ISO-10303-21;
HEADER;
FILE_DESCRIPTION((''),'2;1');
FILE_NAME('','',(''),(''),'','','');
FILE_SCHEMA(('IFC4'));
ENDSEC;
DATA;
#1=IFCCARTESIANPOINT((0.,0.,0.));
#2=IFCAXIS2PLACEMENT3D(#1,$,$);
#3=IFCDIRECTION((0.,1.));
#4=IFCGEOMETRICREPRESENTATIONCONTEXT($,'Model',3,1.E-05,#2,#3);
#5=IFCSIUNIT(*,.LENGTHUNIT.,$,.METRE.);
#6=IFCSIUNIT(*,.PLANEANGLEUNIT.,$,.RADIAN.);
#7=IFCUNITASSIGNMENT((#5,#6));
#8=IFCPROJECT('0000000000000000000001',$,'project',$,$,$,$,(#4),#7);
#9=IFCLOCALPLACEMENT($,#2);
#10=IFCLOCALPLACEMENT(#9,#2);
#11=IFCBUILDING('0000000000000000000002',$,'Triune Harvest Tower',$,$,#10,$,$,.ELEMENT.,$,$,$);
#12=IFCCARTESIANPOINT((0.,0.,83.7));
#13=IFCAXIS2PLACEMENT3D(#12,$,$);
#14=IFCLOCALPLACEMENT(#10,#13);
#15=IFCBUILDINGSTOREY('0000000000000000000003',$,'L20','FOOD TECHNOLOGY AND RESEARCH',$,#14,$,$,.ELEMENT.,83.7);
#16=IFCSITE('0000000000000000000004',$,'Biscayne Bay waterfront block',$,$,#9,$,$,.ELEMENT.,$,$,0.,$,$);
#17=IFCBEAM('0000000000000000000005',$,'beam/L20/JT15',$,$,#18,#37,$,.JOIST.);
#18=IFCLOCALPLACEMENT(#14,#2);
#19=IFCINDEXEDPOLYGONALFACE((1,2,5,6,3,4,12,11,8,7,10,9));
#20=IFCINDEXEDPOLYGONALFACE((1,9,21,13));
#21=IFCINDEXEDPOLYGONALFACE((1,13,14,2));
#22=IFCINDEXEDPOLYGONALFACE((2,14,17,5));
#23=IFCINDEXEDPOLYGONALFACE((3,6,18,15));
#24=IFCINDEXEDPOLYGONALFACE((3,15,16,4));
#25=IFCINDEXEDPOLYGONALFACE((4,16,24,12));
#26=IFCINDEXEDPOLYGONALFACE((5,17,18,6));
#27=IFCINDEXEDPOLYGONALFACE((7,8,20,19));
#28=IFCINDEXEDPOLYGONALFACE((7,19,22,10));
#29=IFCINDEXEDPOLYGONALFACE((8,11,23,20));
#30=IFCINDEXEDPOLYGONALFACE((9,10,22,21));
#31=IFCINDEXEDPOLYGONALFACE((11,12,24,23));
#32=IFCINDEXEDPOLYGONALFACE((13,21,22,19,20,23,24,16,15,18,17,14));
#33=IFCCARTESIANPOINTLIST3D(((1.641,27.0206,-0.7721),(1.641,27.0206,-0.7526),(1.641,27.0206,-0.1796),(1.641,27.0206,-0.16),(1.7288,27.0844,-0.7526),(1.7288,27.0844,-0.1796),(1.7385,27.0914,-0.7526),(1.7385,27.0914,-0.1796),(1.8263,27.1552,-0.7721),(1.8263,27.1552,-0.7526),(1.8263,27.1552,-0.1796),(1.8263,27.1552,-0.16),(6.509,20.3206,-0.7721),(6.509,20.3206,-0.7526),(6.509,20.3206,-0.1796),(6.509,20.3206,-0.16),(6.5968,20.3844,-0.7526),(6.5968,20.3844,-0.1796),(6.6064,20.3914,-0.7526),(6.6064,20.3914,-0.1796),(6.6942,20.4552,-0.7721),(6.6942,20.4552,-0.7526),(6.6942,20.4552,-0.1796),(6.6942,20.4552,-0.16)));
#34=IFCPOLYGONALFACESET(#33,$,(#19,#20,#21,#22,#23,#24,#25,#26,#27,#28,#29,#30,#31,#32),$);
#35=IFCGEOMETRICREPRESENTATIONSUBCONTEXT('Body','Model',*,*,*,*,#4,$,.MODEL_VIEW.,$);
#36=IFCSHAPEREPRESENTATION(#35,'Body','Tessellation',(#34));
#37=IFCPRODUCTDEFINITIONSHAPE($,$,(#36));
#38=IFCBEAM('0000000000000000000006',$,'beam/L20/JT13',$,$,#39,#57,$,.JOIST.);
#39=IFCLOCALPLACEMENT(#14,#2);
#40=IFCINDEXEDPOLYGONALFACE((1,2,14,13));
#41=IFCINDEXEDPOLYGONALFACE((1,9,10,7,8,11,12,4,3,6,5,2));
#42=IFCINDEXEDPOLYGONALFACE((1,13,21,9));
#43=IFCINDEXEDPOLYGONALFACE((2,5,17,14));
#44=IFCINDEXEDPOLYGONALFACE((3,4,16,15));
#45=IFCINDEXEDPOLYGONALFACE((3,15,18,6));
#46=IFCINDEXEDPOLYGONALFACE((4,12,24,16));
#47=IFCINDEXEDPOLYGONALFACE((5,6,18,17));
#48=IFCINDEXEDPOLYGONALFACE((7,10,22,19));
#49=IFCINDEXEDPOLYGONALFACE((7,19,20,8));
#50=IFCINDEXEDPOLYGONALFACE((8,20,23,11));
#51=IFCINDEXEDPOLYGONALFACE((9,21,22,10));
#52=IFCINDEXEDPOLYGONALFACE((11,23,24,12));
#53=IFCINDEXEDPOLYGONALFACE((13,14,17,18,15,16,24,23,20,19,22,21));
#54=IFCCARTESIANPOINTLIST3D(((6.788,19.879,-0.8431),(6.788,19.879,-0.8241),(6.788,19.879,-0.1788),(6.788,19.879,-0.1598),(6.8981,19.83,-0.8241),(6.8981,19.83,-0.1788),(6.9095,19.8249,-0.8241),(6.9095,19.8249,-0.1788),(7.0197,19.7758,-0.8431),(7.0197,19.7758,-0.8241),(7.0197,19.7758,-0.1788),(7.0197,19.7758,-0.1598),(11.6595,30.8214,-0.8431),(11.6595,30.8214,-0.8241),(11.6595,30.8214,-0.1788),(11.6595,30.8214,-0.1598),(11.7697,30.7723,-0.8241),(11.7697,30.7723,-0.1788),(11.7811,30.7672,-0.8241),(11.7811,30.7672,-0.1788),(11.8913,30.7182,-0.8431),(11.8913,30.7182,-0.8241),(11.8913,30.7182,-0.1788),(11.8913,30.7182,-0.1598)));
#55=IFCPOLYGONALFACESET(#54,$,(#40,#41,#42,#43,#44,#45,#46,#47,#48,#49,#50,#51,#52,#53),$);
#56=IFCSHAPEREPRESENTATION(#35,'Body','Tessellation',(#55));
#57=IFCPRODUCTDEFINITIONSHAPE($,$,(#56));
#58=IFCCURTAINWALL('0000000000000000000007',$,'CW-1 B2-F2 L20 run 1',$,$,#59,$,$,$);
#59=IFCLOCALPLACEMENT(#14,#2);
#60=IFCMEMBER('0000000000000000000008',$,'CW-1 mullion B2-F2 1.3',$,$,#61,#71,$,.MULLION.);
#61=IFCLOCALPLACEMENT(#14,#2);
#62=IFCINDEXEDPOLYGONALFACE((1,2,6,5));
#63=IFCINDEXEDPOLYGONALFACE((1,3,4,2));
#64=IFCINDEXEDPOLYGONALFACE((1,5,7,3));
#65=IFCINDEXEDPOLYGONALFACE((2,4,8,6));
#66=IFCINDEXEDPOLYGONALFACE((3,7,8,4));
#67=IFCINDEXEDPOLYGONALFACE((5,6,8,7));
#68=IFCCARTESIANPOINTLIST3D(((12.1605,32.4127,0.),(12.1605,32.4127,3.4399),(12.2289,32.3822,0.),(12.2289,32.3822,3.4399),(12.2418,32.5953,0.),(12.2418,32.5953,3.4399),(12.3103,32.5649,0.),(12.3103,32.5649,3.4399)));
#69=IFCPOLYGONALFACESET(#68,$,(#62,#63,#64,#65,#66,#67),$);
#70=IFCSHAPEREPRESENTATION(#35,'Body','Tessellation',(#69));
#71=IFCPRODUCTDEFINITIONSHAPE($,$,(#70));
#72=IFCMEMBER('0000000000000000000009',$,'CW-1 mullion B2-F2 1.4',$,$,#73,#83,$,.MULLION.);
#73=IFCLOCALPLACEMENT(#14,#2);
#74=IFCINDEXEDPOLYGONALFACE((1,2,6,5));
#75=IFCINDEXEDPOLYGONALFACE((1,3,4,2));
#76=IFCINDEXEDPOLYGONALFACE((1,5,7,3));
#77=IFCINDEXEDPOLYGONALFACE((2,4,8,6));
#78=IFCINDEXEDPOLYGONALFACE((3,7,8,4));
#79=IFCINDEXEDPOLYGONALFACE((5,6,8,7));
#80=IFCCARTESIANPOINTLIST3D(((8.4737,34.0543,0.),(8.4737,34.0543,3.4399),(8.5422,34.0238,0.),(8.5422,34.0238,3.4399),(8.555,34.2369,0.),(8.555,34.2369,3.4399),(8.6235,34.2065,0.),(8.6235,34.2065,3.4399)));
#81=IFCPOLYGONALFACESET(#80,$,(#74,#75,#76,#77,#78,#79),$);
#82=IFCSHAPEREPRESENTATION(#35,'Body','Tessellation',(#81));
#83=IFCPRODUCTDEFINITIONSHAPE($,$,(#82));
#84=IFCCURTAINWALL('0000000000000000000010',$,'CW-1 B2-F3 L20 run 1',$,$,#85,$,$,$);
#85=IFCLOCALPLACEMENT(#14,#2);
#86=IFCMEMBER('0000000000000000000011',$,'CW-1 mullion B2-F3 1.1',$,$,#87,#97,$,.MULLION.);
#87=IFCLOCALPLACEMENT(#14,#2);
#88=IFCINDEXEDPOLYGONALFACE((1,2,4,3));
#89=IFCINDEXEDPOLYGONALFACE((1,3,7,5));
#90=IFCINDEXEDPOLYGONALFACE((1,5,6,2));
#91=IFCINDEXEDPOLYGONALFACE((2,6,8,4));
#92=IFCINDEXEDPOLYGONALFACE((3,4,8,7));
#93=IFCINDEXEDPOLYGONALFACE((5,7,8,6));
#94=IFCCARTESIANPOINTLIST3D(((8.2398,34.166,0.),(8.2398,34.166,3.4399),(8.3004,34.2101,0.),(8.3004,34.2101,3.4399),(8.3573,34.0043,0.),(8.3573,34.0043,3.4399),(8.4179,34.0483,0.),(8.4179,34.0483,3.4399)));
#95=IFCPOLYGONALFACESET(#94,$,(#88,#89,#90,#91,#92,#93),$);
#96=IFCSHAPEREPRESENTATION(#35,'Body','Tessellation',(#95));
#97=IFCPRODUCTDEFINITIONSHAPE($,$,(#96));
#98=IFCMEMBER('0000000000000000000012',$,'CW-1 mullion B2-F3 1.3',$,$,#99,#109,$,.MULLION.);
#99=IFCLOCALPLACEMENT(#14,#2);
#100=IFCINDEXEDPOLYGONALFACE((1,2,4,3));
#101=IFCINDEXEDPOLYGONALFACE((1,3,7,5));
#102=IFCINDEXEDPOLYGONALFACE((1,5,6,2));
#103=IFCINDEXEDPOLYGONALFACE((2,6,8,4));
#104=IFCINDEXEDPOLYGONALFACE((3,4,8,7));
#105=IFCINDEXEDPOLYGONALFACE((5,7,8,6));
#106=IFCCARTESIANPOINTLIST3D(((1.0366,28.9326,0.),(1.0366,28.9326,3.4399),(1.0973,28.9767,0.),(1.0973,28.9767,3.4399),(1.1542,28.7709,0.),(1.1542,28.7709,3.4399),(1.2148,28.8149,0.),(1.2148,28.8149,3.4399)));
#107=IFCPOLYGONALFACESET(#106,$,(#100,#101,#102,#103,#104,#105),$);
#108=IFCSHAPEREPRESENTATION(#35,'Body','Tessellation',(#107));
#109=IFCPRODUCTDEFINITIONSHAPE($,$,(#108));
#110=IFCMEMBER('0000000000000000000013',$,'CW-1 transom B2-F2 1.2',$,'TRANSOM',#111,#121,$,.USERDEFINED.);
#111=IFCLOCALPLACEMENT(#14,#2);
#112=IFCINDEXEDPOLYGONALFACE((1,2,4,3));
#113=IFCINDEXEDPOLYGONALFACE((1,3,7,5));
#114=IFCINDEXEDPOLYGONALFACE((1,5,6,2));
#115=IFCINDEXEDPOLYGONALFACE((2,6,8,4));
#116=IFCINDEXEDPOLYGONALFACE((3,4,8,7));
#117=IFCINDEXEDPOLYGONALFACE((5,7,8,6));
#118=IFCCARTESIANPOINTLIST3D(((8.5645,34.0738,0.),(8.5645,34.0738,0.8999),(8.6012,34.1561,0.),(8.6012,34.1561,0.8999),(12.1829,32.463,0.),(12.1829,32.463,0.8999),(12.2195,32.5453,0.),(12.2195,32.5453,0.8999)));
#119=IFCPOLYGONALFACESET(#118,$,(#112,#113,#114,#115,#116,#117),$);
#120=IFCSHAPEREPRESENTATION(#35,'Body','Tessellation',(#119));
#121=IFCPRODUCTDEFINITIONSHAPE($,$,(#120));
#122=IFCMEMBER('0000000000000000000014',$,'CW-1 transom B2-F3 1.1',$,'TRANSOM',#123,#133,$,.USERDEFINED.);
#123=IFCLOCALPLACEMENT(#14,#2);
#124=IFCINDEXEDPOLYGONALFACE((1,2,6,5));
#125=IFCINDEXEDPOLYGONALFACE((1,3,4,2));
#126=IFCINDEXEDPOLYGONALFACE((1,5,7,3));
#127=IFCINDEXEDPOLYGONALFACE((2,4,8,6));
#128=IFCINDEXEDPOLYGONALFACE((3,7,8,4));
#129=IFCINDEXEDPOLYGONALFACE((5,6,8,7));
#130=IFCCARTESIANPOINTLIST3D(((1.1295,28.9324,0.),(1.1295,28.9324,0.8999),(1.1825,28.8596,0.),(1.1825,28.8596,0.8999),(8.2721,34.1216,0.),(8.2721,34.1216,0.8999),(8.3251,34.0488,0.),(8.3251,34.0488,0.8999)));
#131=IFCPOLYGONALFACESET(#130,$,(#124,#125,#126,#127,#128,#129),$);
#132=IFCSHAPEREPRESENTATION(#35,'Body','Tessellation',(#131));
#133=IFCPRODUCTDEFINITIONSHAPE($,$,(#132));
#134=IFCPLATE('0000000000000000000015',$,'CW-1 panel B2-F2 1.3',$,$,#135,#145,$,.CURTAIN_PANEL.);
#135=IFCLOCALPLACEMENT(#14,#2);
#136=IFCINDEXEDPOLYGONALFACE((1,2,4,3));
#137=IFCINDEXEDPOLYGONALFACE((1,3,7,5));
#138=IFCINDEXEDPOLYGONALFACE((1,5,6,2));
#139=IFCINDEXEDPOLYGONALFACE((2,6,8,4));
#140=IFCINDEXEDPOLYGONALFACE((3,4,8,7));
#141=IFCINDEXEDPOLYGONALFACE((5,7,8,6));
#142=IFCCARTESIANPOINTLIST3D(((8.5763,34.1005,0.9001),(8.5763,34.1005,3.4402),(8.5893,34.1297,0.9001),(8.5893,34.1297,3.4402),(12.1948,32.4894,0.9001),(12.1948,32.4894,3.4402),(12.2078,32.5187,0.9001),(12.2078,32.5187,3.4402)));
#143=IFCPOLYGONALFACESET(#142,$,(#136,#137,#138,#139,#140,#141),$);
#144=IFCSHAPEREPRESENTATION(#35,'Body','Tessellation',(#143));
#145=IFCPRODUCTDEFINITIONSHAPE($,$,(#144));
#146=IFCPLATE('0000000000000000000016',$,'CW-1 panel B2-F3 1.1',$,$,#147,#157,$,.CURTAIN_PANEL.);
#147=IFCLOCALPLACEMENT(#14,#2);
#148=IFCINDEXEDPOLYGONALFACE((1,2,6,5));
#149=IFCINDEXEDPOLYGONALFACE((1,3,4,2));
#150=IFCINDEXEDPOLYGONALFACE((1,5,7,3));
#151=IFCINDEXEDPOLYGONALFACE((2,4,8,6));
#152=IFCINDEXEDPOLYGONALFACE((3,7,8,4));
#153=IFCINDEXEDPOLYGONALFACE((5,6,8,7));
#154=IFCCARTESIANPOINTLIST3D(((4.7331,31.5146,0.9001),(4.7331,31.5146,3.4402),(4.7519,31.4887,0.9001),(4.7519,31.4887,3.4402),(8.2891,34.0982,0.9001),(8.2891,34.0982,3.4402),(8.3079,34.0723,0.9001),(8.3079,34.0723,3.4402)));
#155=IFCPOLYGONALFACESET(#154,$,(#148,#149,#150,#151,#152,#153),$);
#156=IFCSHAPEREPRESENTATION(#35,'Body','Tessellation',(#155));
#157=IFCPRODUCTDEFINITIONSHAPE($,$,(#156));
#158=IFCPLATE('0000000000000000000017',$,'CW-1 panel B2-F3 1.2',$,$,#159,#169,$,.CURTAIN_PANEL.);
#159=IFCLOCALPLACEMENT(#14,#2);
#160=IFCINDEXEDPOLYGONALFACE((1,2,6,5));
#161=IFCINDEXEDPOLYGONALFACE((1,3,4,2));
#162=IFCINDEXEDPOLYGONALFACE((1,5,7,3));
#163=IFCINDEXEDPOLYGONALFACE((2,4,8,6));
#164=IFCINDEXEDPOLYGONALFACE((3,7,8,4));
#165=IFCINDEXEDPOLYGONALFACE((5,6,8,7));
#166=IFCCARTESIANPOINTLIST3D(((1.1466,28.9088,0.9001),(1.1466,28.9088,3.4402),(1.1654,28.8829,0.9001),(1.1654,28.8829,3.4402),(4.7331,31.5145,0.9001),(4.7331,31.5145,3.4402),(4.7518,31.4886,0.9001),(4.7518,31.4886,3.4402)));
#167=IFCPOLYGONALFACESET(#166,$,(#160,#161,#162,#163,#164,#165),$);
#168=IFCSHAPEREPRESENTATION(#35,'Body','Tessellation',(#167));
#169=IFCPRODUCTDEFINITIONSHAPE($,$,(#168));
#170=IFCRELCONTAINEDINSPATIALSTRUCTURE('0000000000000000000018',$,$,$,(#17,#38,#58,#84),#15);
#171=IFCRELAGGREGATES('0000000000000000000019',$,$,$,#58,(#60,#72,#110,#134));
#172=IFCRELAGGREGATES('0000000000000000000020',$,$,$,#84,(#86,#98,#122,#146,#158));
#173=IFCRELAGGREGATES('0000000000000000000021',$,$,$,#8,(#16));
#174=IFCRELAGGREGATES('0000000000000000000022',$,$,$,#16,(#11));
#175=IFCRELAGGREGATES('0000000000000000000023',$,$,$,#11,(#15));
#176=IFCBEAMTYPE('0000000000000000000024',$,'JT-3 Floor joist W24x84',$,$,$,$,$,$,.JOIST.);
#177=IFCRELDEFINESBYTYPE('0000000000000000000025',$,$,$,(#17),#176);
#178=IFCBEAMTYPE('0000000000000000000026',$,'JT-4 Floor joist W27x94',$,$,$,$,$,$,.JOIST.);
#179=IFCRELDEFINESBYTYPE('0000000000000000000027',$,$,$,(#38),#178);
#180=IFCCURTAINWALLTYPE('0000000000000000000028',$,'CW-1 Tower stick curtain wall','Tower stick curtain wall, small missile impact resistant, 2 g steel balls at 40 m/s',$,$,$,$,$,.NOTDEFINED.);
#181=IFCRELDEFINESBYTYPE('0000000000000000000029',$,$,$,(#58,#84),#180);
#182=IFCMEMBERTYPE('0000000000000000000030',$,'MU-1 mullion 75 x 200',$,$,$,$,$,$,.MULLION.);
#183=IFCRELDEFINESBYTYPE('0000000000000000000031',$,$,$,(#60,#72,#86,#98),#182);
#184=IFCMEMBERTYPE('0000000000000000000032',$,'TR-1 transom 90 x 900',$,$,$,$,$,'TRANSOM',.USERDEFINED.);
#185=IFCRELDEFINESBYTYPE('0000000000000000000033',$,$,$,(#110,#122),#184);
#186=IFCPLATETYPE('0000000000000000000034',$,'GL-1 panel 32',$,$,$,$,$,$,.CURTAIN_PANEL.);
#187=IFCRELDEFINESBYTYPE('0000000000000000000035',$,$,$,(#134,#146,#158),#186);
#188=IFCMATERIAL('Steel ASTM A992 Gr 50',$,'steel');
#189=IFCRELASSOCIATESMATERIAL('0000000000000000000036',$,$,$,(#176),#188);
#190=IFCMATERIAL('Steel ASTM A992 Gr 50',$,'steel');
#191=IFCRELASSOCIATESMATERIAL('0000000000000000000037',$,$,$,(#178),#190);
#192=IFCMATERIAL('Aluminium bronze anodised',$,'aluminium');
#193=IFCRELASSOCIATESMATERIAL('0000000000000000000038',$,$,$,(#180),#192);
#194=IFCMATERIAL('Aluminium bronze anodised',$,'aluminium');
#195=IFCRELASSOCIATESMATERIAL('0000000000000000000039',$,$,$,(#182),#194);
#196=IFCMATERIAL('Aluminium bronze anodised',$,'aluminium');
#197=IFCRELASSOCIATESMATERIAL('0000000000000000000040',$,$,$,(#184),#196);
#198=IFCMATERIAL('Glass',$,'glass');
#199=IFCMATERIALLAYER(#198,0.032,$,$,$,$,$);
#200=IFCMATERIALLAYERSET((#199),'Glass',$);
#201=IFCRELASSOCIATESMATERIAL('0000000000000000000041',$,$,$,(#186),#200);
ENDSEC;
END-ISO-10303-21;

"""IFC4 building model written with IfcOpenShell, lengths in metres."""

from ifc_helpers import new_model, si_unit, direction, frame, origin, origin_2d, place, context, subcontext, project, spatial, rectangle, i_section, extrude, source, transform, mapped, material, layer, layer_set, material_profile, profile_set, type_object, element, aggregate, save


model = new_model("IFC4")

# Units and contexts
model_context = context("Model", 3, precision=1e-05, world=origin(), true_north=direction((0.0, 1.0)))
body_context = subcontext(model_context, "Body", "Model", "MODEL_VIEW")
ifc_project = project(units=[si_unit("LENGTHUNIT", "METRE"), si_unit("PLANEANGLEUNIT", "RADIAN")], contexts=[model_context])

# Site, building, storey
site_placement = place(None, origin())
site = spatial("IfcSite", under=ifc_project, at=site_placement, Name="Biscayne Bay waterfront block", CompositionType="ELEMENT", RefElevation=0.0)
building_placement = place(site_placement, origin())
building = spatial("IfcBuilding", under=site, at=building_placement, Name="Triune Harvest Tower", CompositionType="ELEMENT")
storey_placement = place(building_placement, frame((0.0, 0.0, 83.7)))
storey = spatial("IfcBuildingStorey", under=building, at=storey_placement, Name="L20", Description="FOOD TECHNOLOGY AND RESEARCH", CompositionType="ELEMENT", Elevation=83.7)

# Beams
ifc_material_1 = material(Name="Steel ASTM A992 Gr 50", Category="steel")
ifc_material_profile_1 = material_profile(ifc_material_1, i_section(OverallWidth=0.229, OverallDepth=0.6121, WebThickness=0.012, FlangeThickness=0.0195, at=origin_2d()), Name="W24x84")
ifc_profile_set_1 = profile_set([ifc_material_profile_1], Name="Steel ASTM A992 Gr 50")
beam_type_1 = type_object("IfcBeamType", Name="JT-3 Floor joist W24x84", PredefinedType="JOIST", material=ifc_profile_set_1)
shared_shape_1 = source(origin(), body_context, "Body", "SweptSolid", [
    extrude(i_section(OverallWidth=0.229, OverallDepth=0.6121, WebThickness=0.012, FlangeThickness=0.0195, at=origin_2d()), origin(), (0.0, 0.0, 1.0), 8.2817),
])
beam_1_placement = place(storey_placement, frame((1.7336, 27.0879, -0.4661), z_axis=(0.587795, -0.80901, 0.0), x_axis=(0.80901, 0.587795, 0.0)))
element("IfcBeam", 1, at=beam_1_placement, inside=storey, type_object=beam_type_1, Name="beam/L20/JT15", PredefinedType="JOIST", context=body_context, shape_type="MappedRepresentation", body=[
    mapped(shared_shape_1, transform((0.0, 0.0, 0.0), scale=1.0)),
])
ifc_material_2 = material(Name="Steel ASTM A992 Gr 50", Category="steel")
ifc_material_profile_2 = material_profile(ifc_material_2, i_section(OverallWidth=0.2537, OverallDepth=0.6833, WebThickness=0.0125, FlangeThickness=0.019, at=origin_2d()), Name="W27x94")
ifc_profile_set_2 = profile_set([ifc_material_profile_2], Name="Steel ASTM A992 Gr 50")
beam_type_2 = type_object("IfcBeamType", Name="JT-4 Floor joist W27x94", PredefinedType="JOIST", material=ifc_profile_set_2)
shared_shape_2 = source(origin(), body_context, "Body", "SweptSolid", [
    extrude(i_section(OverallWidth=0.2537, OverallDepth=0.6833, WebThickness=0.0125, FlangeThickness=0.019, at=origin_2d()), origin(), (0.0, 0.0, 1.0), 11.9778),
])
beam_2_placement = place(storey_placement, frame((11.7754, 30.7698, -0.5015), z_axis=(-0.406717, -0.913554, 0.0), x_axis=(0.913554, -0.406717, 0.0)))
element("IfcBeam", 2, at=beam_2_placement, inside=storey, type_object=beam_type_2, Name="beam/L20/JT13", PredefinedType="JOIST", context=body_context, shape_type="MappedRepresentation", body=[
    mapped(shared_shape_2, transform((0.0, 0.0, 0.0), scale=1.0)),
])

# Curtain walls, members
ifc_material_3 = material(Name="Aluminium bronze anodised", Category="aluminium")
curtain_wall_type = type_object("IfcCurtainWallType", Name="CW-1 Tower stick curtain wall", Description="Tower stick curtain wall, small missile impact resistant, 2 g steel balls at 40 m/s", PredefinedType="NOTDEFINED", material=ifc_material_3)
curtain_wall_1_placement = place(storey_placement, origin())
curtain_wall_1 = element("IfcCurtainWall", 3, at=curtain_wall_1_placement, inside=storey, type_object=curtain_wall_type, Name="CW-1 B2-F2 L20 run 1")
ifc_material_4 = material(Name="Aluminium bronze anodised", Category="aluminium")
ifc_material_profile_3 = material_profile(ifc_material_4, rectangle(XDim=0.2, YDim=0.075, at=origin_2d()), Name="MU-1 mullion 75 x 200")
ifc_profile_set_3 = profile_set([ifc_material_profile_3], Name="Aluminium bronze anodised")
member_type_1 = type_object("IfcMemberType", Name="MU-1 mullion 75 x 200", PredefinedType="MULLION", material=ifc_profile_set_3)
shared_shape_3 = source(origin(), body_context, "Body", "SweptSolid", [
    extrude(rectangle(XDim=0.2, YDim=0.075, at=origin_2d()), origin(), (0.0, 0.0, 1.0), 3.4399),
])
member_1_placement = place(storey_placement, frame((12.2354, 32.4888, 0.0), z_axis=(0.0, 0.0, 1.0), x_axis=(-0.406734, -0.913547, 0.0)))
member_1 = element("IfcMember", 4, at=member_1_placement, type_object=member_type_1, Name="CW-1 mullion B2-F2 1.3", PredefinedType="MULLION", context=body_context, shape_type="MappedRepresentation", body=[
    mapped(shared_shape_3, transform((0.0, 0.0, 0.0), scale=1.0)),
])
member_2_placement = place(storey_placement, frame((8.5486, 34.1304, 0.0), z_axis=(0.0, 0.0, 1.0), x_axis=(-0.406734, -0.913547, 0.0)))
member_2 = element("IfcMember", 5, at=member_2_placement, type_object=member_type_1, Name="CW-1 mullion B2-F2 1.4", PredefinedType="MULLION", context=body_context, shape_type="MappedRepresentation", body=[
    mapped(shared_shape_3, transform((0.0, 0.0, 0.0), scale=1.0)),
])
curtain_wall_2_placement = place(storey_placement, origin())
curtain_wall_2 = element("IfcCurtainWall", 6, at=curtain_wall_2_placement, inside=storey, type_object=curtain_wall_type, Name="CW-1 B2-F3 L20 run 1")
member_3_placement = place(storey_placement, frame((8.3289, 34.1072, 0.0), z_axis=(0.0, 0.0, 1.0), x_axis=(0.587784, -0.809018, 0.0)))
member_3 = element("IfcMember", 7, at=member_3_placement, type_object=member_type_1, Name="CW-1 mullion B2-F3 1.1", PredefinedType="MULLION", context=body_context, shape_type="MappedRepresentation", body=[
    mapped(shared_shape_3, transform((0.0, 0.0, 0.0), scale=1.0)),
])
member_4_placement = place(storey_placement, frame((1.1257, 28.8738, 0.0), z_axis=(0.0, 0.0, 1.0), x_axis=(0.587784, -0.809018, 0.0)))
member_4 = element("IfcMember", 8, at=member_4_placement, type_object=member_type_1, Name="CW-1 mullion B2-F3 1.3", PredefinedType="MULLION", context=body_context, shape_type="MappedRepresentation", body=[
    mapped(shared_shape_3, transform((0.0, 0.0, 0.0), scale=1.0)),
])

# Members
ifc_material_5 = material(Name="Aluminium bronze anodised", Category="aluminium")
ifc_material_profile_4 = material_profile(ifc_material_5, rectangle(XDim=0.0901, YDim=0.8999, at=origin_2d()), Name="TR-1 transom 90 x 900")
ifc_profile_set_4 = profile_set([ifc_material_profile_4], Name="Aluminium bronze anodised")
member_type_2 = type_object("IfcMemberType", Name="TR-1 transom 90 x 900", ElementType="TRANSOM", PredefinedType="USERDEFINED", material=ifc_profile_set_4)
shared_shape_4 = source(origin(), body_context, "Body", "SweptSolid", [
    extrude(rectangle(XDim=0.0901, YDim=0.8999, at=origin_2d()), origin(), (0.0, 0.0, 1.0), 3.9607),
])
member_5_placement = place(storey_placement, frame((12.2012, 32.5042, 0.45), z_axis=(-0.913562, 0.406699, 0.0), x_axis=(-0.406699, -0.913562, 0.0)))
member_5 = element("IfcMember", 9, at=member_5_placement, type_object=member_type_2, Name="CW-1 transom B2-F2 1.2", ObjectType="TRANSOM", PredefinedType="USERDEFINED", context=body_context, shape_type="MappedRepresentation", body=[
    mapped(shared_shape_4, transform((0.0, 0.0, 0.0), scale=1.0)),
])
shared_shape_5 = source(origin(), body_context, "Body", "SweptSolid", [
    extrude(rectangle(XDim=0.0901, YDim=0.8999, at=origin_2d()), origin(), (0.0, 0.0, 1.0), 8.8286),
])
member_6_placement = place(storey_placement, frame((8.2986, 34.0852, 0.45), z_axis=(-0.809027, -0.587772, 0.0), x_axis=(0.587772, -0.809027, 0.0)))
member_6 = element("IfcMember", 10, at=member_6_placement, type_object=member_type_2, Name="CW-1 transom B2-F3 1.1", ObjectType="TRANSOM", PredefinedType="USERDEFINED", context=body_context, shape_type="MappedRepresentation", body=[
    mapped(shared_shape_5, transform((0.0, 0.0, 0.0), scale=1.0)),
])

# Plates
ifc_material_6 = material(Name="Glass", Category="glass")
ifc_layer_1 = layer(ifc_material_6, 0.032)
ifc_layer_set_1 = layer_set([ifc_layer_1], Name="Glass")
plate_type = type_object("IfcPlateType", Name="GL-1 panel 32", PredefinedType="CURTAIN_PANEL", material=ifc_layer_set_1)
shared_shape_6 = source(origin(), body_context, "Body", "SweptSolid", [
    extrude(rectangle(XDim=3.9609, YDim=0.032, at=origin_2d()), origin(), (0.0, 0.0, 1.0), 2.54),
])
plate_1_placement = place(storey_placement, frame((10.3921, 33.3096, 0.9001), z_axis=(0.0, 0.0, 1.0), x_axis=(-0.913547, 0.406734, 0.0)))
plate_1 = element("IfcPlate", 11, at=plate_1_placement, type_object=plate_type, Name="CW-1 panel B2-F2 1.3", PredefinedType="CURTAIN_PANEL", context=body_context, shape_type="MappedRepresentation", body=[
    mapped(shared_shape_6, transform((0.0, 0.0, 0.0), scale=1.0)),
])
aggregate(curtain_wall_1, [member_1, member_2, member_5, plate_1])
shared_shape_7 = source(origin(), body_context, "Body", "SweptSolid", [
    extrude(rectangle(XDim=4.3955, YDim=0.032, at=origin_2d()), origin(), (0.0, 0.0, 1.0), 2.54),
])
plate_2_placement = place(storey_placement, frame((6.5205, 32.7935, 0.9001), z_axis=(0.0, 0.0, 1.0), x_axis=(-0.809018, -0.587784, 0.0)))
plate_2 = element("IfcPlate", 12, at=plate_2_placement, type_object=plate_type, Name="CW-1 panel B2-F3 1.1", PredefinedType="CURTAIN_PANEL", context=body_context, shape_type="MappedRepresentation", body=[
    mapped(shared_shape_7, transform((0.0, 0.0, 0.0), scale=1.0)),
])
shared_shape_8 = source(origin(), body_context, "Body", "SweptSolid", [
    extrude(rectangle(XDim=4.4331, YDim=0.032, at=origin_2d()), origin(), (0.0, 0.0, 1.0), 2.54),
])
plate_3_placement = place(storey_placement, frame((2.9492, 30.1987, 0.9001), z_axis=(0.0, 0.0, 1.0), x_axis=(-0.809018, -0.587784, 0.0)))
plate_3 = element("IfcPlate", 13, at=plate_3_placement, type_object=plate_type, Name="CW-1 panel B2-F3 1.2", PredefinedType="CURTAIN_PANEL", context=body_context, shape_type="MappedRepresentation", body=[
    mapped(shared_shape_8, transform((0.0, 0.0, 0.0), scale=1.0)),
])
aggregate(curtain_wall_2, [member_3, member_4, member_6, plate_2, plate_3])

save(model, "model.ifc")
